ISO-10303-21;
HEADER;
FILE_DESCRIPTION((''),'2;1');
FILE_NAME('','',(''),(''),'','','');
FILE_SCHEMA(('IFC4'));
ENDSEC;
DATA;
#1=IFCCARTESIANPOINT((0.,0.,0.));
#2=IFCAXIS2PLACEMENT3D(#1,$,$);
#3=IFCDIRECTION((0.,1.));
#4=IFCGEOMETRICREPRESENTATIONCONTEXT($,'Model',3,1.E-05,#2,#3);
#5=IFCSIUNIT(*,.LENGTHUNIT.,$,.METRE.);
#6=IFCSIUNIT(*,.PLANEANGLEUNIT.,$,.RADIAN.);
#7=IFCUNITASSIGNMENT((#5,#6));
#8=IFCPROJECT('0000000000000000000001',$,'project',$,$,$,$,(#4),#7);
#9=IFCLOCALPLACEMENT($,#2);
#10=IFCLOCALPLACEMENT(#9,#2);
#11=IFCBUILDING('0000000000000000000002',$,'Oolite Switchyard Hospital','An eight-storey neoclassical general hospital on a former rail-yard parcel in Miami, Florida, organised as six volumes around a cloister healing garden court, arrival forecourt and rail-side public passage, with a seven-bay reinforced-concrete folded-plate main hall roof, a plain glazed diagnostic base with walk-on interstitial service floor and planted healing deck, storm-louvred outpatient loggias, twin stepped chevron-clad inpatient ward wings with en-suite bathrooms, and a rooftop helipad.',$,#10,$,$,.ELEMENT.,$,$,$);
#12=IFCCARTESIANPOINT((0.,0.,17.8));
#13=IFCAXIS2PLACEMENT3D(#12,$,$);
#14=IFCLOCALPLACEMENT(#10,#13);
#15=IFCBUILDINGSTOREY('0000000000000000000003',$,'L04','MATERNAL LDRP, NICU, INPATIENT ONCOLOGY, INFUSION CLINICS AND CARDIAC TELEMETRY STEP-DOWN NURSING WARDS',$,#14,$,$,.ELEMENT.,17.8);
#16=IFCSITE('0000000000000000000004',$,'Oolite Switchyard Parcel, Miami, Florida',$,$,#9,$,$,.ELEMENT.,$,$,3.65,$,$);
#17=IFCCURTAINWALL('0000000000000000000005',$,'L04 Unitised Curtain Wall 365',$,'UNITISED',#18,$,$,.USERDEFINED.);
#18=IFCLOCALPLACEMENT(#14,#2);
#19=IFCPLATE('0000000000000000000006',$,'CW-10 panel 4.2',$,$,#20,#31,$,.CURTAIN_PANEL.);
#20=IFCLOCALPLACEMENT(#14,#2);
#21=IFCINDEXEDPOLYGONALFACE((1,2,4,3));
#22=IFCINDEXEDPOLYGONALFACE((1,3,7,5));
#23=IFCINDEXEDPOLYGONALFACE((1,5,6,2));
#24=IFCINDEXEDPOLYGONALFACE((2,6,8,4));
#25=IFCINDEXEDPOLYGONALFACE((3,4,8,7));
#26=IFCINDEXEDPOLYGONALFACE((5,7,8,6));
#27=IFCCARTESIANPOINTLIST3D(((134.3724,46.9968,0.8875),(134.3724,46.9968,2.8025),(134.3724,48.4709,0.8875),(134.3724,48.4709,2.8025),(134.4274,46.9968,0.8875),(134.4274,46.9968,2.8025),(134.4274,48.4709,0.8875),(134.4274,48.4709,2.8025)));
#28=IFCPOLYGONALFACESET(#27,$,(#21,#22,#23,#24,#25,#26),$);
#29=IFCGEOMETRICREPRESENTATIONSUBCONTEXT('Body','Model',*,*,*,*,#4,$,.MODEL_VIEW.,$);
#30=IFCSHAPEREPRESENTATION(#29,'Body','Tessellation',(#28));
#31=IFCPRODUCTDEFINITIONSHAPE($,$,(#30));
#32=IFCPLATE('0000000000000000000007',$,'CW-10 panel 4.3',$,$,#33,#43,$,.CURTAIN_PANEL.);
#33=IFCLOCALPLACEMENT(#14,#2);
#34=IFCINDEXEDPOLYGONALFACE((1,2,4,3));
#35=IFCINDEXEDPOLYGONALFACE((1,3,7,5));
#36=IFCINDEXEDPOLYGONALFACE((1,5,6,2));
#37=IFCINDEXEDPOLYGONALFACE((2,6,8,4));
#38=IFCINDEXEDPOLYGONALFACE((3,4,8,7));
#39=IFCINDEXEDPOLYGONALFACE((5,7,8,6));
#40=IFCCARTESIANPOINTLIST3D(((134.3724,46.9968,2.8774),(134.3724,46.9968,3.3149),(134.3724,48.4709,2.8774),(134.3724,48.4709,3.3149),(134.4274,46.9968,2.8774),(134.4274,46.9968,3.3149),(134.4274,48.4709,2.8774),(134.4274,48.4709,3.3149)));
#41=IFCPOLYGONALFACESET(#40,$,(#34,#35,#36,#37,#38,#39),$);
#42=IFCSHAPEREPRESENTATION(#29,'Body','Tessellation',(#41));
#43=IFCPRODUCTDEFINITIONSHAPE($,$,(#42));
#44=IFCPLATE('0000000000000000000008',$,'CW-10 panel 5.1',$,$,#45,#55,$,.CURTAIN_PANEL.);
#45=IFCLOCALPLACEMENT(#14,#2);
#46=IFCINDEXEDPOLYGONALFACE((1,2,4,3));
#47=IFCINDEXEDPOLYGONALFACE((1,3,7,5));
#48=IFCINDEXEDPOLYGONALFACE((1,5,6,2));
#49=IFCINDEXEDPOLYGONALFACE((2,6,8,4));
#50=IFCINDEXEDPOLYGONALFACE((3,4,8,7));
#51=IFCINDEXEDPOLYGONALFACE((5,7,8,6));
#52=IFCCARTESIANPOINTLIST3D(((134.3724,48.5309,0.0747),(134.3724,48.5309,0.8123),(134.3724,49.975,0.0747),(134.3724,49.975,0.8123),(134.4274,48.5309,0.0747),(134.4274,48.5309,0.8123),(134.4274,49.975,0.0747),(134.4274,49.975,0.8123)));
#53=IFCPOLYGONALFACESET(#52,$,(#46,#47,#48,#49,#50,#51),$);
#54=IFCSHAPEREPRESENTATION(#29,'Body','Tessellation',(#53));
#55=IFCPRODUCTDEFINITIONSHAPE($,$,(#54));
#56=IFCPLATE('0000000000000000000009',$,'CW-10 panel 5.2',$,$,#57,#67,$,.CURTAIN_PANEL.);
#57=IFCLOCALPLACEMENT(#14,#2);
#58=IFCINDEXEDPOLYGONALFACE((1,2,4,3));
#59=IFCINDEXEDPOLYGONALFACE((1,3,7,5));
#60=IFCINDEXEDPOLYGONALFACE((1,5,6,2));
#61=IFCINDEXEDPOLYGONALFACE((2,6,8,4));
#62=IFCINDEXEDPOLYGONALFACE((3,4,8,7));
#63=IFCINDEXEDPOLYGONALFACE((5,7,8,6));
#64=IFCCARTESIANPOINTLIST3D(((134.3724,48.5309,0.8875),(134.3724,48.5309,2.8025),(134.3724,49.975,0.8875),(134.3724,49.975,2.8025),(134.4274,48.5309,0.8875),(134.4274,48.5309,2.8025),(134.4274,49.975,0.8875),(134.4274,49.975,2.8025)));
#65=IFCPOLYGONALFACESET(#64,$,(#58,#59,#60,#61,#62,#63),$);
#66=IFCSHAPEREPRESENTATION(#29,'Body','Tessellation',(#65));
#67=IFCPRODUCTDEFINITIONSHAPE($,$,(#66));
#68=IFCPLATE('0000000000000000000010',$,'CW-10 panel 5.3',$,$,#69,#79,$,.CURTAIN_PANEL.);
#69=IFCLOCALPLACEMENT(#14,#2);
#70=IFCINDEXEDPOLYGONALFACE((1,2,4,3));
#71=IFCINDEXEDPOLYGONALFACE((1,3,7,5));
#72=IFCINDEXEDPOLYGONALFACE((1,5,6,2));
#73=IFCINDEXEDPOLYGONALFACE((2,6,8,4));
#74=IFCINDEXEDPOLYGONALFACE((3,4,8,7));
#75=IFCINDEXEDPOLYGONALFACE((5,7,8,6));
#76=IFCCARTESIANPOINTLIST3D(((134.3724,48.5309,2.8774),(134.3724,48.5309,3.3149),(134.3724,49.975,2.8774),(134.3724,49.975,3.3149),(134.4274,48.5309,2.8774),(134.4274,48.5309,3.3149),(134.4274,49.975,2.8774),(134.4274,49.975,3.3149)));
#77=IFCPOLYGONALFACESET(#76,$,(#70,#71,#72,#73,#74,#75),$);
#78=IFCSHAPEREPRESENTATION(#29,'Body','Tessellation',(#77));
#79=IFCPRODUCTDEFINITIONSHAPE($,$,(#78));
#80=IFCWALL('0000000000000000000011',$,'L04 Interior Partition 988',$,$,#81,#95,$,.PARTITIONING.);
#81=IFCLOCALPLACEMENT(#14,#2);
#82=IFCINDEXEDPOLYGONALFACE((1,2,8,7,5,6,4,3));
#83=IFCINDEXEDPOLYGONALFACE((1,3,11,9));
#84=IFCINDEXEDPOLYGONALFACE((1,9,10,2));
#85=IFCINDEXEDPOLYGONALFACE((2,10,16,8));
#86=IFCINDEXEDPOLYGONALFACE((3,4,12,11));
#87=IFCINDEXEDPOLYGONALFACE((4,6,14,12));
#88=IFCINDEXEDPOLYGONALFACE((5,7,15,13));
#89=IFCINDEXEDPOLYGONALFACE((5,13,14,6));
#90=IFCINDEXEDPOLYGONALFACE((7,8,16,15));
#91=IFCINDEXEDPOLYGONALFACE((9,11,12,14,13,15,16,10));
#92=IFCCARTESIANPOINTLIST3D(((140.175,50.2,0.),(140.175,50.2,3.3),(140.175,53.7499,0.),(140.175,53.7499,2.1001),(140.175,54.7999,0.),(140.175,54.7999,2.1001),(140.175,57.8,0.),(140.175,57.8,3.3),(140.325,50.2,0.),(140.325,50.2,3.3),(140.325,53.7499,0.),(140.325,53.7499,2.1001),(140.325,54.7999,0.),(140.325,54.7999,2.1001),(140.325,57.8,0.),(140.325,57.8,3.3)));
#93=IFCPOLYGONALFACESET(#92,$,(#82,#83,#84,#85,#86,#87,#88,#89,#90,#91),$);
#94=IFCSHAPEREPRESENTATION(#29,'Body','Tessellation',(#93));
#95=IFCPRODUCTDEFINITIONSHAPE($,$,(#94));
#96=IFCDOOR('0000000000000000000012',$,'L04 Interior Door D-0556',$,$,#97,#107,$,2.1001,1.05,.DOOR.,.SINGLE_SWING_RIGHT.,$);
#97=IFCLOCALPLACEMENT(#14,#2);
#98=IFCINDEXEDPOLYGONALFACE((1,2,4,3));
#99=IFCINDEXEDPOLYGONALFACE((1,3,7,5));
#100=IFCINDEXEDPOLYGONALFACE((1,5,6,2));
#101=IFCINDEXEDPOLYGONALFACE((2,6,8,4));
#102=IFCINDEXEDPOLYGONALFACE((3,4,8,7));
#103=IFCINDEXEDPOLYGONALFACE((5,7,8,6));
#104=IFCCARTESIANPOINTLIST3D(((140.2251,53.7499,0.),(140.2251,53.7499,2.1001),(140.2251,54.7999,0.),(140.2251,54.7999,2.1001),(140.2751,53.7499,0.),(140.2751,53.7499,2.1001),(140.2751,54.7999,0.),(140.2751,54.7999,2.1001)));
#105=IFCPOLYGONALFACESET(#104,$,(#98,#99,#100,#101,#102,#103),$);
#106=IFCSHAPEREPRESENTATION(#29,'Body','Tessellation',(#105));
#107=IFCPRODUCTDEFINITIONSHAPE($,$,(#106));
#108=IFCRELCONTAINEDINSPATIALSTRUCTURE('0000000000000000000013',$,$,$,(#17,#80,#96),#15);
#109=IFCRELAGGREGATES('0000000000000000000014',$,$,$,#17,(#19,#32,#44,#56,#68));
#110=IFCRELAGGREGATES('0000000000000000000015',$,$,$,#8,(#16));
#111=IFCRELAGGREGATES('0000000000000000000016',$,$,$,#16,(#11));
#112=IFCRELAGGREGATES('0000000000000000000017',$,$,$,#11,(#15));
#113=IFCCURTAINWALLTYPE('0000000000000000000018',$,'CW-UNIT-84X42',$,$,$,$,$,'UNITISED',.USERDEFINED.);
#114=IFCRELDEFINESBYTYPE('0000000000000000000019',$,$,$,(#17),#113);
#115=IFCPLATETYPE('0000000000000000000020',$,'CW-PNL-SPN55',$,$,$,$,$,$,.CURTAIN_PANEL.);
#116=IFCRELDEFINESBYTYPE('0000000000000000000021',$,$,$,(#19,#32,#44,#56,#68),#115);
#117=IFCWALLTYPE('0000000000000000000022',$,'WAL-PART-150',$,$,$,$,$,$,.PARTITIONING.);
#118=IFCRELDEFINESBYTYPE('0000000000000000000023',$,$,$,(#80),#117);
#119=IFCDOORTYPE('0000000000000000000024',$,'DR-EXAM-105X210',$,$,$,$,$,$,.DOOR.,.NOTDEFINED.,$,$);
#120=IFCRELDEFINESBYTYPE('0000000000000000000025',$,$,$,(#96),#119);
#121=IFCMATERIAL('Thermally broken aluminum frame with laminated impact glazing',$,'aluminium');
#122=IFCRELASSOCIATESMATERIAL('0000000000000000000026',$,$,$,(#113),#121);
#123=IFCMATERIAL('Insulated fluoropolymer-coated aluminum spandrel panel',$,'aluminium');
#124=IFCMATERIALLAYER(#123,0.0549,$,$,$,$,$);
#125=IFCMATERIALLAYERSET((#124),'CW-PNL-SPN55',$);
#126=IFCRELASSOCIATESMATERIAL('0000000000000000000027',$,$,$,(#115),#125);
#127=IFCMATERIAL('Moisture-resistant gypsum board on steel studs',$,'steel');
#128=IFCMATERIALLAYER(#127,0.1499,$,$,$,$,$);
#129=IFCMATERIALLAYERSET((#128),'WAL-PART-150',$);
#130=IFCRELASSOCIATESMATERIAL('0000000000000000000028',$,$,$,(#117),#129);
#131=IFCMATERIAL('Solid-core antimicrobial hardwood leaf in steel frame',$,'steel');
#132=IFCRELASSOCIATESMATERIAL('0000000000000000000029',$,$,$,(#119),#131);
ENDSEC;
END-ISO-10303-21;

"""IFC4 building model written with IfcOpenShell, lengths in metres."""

from ifc_helpers import new_model, si_unit, direction, frame, frame_2d, origin, origin_2d, place, context, subcontext, project, spatial, rectangle, extrude, material, layer, layer_set, type_object, element, fill, aggregate, save


model = new_model("IFC4")

# Units and contexts
model_context = context("Model", 3, precision=1e-05, world=origin(), true_north=direction((0.0, 1.0)))
body_context = subcontext(model_context, "Body", "Model", "MODEL_VIEW")
ifc_project = project(units=[si_unit("LENGTHUNIT", "METRE"), si_unit("PLANEANGLEUNIT", "RADIAN")], contexts=[model_context])

# Site, building, storey
site_placement = place(None, origin())
site = spatial("IfcSite", under=ifc_project, at=site_placement, Name="Oolite Switchyard Parcel, Miami, Florida", CompositionType="ELEMENT", RefElevation=3.65)
building_placement = place(site_placement, origin())
building = spatial("IfcBuilding", under=site, at=building_placement, Name="Oolite Switchyard Hospital", Description="An eight-storey neoclassical general hospital on a former rail-yard parcel in Miami, Florida, organised as six volumes around a cloister healing garden court, arrival forecourt and rail-side public passage, with a seven-bay reinforced-concrete folded-plate main hall roof, a plain glazed diagnostic base with walk-on interstitial service floor and planted healing deck, storm-louvred outpatient loggias, twin stepped chevron-clad inpatient ward wings with en-suite bathrooms, and a rooftop helipad.", CompositionType="ELEMENT")
storey_placement = place(building_placement, frame((0.0, 0.0, 17.8)))
storey = spatial("IfcBuildingStorey", under=building, at=storey_placement, Name="L04", Description="MATERNAL LDRP, NICU, INPATIENT ONCOLOGY, INFUSION CLINICS AND CARDIAC TELEMETRY STEP-DOWN NURSING WARDS", CompositionType="ELEMENT", Elevation=17.8)

# Curtain wall, plates
ifc_material_1 = material(Name="Thermally broken aluminum frame with laminated impact glazing", Category="aluminium")
curtain_wall_type = type_object("IfcCurtainWallType", Name="CW-UNIT-84X42", ElementType="UNITISED", PredefinedType="USERDEFINED", material=ifc_material_1)
curtain_wall_placement = place(storey_placement, origin())
curtain_wall = element("IfcCurtainWall", 1, at=curtain_wall_placement, inside=storey, type_object=curtain_wall_type, Name="L04 Unitised Curtain Wall 365", ObjectType="UNITISED", PredefinedType="USERDEFINED")
ifc_material_2 = material(Name="Insulated fluoropolymer-coated aluminum spandrel panel", Category="aluminium")
ifc_layer_1 = layer(ifc_material_2, 0.0549)
ifc_layer_set_1 = layer_set([ifc_layer_1], Name="CW-PNL-SPN55")
plate_type = type_object("IfcPlateType", Name="CW-PNL-SPN55", PredefinedType="CURTAIN_PANEL", material=ifc_layer_set_1)
plate_1_placement = place(storey_placement, frame((134.3999, 47.7339, 0.8875), z_axis=(0.0, 0.0, 1.0), x_axis=(0.0, 1.0, 0.0)))
plate_1 = element("IfcPlate", 2, at=plate_1_placement, type_object=plate_type, Name="CW-10 panel 4.2", PredefinedType="CURTAIN_PANEL", context=body_context, shape_type="SweptSolid", body=[
    extrude(rectangle(XDim=1.4741, YDim=0.0549, at=origin_2d()), origin(), (0.0, 0.0, 1.0), 1.915),
])
plate_2_placement = place(storey_placement, frame((134.3999, 47.7339, 2.8774), z_axis=(0.0, 0.0, 1.0), x_axis=(0.0, 1.0, 0.0)))
plate_2 = element("IfcPlate", 3, at=plate_2_placement, type_object=plate_type, Name="CW-10 panel 4.3", PredefinedType="CURTAIN_PANEL", context=body_context, shape_type="SweptSolid", body=[
    extrude(rectangle(XDim=1.4741, YDim=0.0549, at=origin_2d()), origin(), (0.0, 0.0, 1.0), 0.4375),
])
plate_3_placement = place(storey_placement, frame((134.3999, 49.2529, 0.0747), z_axis=(0.0, 0.0, 1.0), x_axis=(0.0, 1.0, 0.0)))
plate_3 = element("IfcPlate", 4, at=plate_3_placement, type_object=plate_type, Name="CW-10 panel 5.1", PredefinedType="CURTAIN_PANEL", context=body_context, shape_type="SweptSolid", body=[
    extrude(rectangle(XDim=1.4441, YDim=0.0549, at=origin_2d()), origin(), (0.0, 0.0, 1.0), 0.7375),
])
plate_4_placement = place(storey_placement, frame((134.3999, 49.2529, 0.8875), z_axis=(0.0, 0.0, 1.0), x_axis=(0.0, 1.0, 0.0)))
plate_4 = element("IfcPlate", 5, at=plate_4_placement, type_object=plate_type, Name="CW-10 panel 5.2", PredefinedType="CURTAIN_PANEL", context=body_context, shape_type="SweptSolid", body=[
    extrude(rectangle(XDim=1.4441, YDim=0.0549, at=origin_2d()), origin(), (0.0, 0.0, 1.0), 1.915),
])
plate_5_placement = place(storey_placement, frame((134.3999, 49.2529, 2.8774), z_axis=(0.0, 0.0, 1.0), x_axis=(0.0, 1.0, 0.0)))
plate_5 = element("IfcPlate", 6, at=plate_5_placement, type_object=plate_type, Name="CW-10 panel 5.3", PredefinedType="CURTAIN_PANEL", context=body_context, shape_type="SweptSolid", body=[
    extrude(rectangle(XDim=1.4441, YDim=0.0549, at=origin_2d()), origin(), (0.0, 0.0, 1.0), 0.4375),
])
aggregate(curtain_wall, [plate_1, plate_2, plate_3, plate_4, plate_5])

# Wall, opening, door
ifc_material_3 = material(Name="Moisture-resistant gypsum board on steel studs", Category="steel")
ifc_layer_2 = layer(ifc_material_3, 0.1499)
ifc_layer_set_2 = layer_set([ifc_layer_2], Name="WAL-PART-150")
wall_type = type_object("IfcWallType", Name="WAL-PART-150", PredefinedType="PARTITIONING", material=ifc_layer_set_2)
wall_placement = place(storey_placement, frame((140.25, 50.2, 0.0), z_axis=(0.0, 0.0, 1.0), x_axis=(0.0, 1.0, 0.0)))
wall = element("IfcWall", 7, at=wall_placement, inside=storey, type_object=wall_type, Name="L04 Interior Partition 988", PredefinedType="PARTITIONING", context=body_context, shape_type="SweptSolid", body=[
    extrude(rectangle(XDim=7.6001, YDim=0.1499, at=frame_2d((3.8, 0.0))), origin(), (0.0, 0.0, 1.0), 3.3),
])
opening_placement = place(wall_placement, frame((3.55, 0.0, 0.0)))
opening = element("IfcOpeningElement", 8, at=opening_placement, cuts=wall, PredefinedType="OPENING", context=body_context, shape_type="SweptSolid", body=[
    extrude(rectangle(XDim=1.05, YDim=2.1001, at=frame_2d((0.5249, 1.05))), frame((0.0, 0.085, 0.0), z_axis=(0.0, -1.0, 0.0), x_axis=(1.0, 0.0, 0.0)), (0.0, 0.0, 1.0), 0.1699),
])
ifc_material_4 = material(Name="Solid-core antimicrobial hardwood leaf in steel frame", Category="steel")
door_type = type_object("IfcDoorType", Name="DR-EXAM-105X210", OperationType="NOTDEFINED", PredefinedType="DOOR", material=ifc_material_4)
door_placement = place(opening_placement, origin())
door = element("IfcDoor", 9, at=door_placement, inside=storey, type_object=door_type, Name="L04 Interior Door D-0556", OperationType="SINGLE_SWING_RIGHT", OverallHeight=2.1001, OverallWidth=1.05, PredefinedType="DOOR", context=body_context, shape_type="SweptSolid", body=[
    extrude(rectangle(XDim=1.05, YDim=2.1001, at=frame_2d((0.5249, 1.05))), frame((0.0, 0.0249, 0.0), z_axis=(0.0, -1.0, 0.0), x_axis=(1.0, 0.0, 0.0)), (0.0, 0.0, 1.0), 0.05),
])
fill(opening, door)

save(model, "model.ifc")
